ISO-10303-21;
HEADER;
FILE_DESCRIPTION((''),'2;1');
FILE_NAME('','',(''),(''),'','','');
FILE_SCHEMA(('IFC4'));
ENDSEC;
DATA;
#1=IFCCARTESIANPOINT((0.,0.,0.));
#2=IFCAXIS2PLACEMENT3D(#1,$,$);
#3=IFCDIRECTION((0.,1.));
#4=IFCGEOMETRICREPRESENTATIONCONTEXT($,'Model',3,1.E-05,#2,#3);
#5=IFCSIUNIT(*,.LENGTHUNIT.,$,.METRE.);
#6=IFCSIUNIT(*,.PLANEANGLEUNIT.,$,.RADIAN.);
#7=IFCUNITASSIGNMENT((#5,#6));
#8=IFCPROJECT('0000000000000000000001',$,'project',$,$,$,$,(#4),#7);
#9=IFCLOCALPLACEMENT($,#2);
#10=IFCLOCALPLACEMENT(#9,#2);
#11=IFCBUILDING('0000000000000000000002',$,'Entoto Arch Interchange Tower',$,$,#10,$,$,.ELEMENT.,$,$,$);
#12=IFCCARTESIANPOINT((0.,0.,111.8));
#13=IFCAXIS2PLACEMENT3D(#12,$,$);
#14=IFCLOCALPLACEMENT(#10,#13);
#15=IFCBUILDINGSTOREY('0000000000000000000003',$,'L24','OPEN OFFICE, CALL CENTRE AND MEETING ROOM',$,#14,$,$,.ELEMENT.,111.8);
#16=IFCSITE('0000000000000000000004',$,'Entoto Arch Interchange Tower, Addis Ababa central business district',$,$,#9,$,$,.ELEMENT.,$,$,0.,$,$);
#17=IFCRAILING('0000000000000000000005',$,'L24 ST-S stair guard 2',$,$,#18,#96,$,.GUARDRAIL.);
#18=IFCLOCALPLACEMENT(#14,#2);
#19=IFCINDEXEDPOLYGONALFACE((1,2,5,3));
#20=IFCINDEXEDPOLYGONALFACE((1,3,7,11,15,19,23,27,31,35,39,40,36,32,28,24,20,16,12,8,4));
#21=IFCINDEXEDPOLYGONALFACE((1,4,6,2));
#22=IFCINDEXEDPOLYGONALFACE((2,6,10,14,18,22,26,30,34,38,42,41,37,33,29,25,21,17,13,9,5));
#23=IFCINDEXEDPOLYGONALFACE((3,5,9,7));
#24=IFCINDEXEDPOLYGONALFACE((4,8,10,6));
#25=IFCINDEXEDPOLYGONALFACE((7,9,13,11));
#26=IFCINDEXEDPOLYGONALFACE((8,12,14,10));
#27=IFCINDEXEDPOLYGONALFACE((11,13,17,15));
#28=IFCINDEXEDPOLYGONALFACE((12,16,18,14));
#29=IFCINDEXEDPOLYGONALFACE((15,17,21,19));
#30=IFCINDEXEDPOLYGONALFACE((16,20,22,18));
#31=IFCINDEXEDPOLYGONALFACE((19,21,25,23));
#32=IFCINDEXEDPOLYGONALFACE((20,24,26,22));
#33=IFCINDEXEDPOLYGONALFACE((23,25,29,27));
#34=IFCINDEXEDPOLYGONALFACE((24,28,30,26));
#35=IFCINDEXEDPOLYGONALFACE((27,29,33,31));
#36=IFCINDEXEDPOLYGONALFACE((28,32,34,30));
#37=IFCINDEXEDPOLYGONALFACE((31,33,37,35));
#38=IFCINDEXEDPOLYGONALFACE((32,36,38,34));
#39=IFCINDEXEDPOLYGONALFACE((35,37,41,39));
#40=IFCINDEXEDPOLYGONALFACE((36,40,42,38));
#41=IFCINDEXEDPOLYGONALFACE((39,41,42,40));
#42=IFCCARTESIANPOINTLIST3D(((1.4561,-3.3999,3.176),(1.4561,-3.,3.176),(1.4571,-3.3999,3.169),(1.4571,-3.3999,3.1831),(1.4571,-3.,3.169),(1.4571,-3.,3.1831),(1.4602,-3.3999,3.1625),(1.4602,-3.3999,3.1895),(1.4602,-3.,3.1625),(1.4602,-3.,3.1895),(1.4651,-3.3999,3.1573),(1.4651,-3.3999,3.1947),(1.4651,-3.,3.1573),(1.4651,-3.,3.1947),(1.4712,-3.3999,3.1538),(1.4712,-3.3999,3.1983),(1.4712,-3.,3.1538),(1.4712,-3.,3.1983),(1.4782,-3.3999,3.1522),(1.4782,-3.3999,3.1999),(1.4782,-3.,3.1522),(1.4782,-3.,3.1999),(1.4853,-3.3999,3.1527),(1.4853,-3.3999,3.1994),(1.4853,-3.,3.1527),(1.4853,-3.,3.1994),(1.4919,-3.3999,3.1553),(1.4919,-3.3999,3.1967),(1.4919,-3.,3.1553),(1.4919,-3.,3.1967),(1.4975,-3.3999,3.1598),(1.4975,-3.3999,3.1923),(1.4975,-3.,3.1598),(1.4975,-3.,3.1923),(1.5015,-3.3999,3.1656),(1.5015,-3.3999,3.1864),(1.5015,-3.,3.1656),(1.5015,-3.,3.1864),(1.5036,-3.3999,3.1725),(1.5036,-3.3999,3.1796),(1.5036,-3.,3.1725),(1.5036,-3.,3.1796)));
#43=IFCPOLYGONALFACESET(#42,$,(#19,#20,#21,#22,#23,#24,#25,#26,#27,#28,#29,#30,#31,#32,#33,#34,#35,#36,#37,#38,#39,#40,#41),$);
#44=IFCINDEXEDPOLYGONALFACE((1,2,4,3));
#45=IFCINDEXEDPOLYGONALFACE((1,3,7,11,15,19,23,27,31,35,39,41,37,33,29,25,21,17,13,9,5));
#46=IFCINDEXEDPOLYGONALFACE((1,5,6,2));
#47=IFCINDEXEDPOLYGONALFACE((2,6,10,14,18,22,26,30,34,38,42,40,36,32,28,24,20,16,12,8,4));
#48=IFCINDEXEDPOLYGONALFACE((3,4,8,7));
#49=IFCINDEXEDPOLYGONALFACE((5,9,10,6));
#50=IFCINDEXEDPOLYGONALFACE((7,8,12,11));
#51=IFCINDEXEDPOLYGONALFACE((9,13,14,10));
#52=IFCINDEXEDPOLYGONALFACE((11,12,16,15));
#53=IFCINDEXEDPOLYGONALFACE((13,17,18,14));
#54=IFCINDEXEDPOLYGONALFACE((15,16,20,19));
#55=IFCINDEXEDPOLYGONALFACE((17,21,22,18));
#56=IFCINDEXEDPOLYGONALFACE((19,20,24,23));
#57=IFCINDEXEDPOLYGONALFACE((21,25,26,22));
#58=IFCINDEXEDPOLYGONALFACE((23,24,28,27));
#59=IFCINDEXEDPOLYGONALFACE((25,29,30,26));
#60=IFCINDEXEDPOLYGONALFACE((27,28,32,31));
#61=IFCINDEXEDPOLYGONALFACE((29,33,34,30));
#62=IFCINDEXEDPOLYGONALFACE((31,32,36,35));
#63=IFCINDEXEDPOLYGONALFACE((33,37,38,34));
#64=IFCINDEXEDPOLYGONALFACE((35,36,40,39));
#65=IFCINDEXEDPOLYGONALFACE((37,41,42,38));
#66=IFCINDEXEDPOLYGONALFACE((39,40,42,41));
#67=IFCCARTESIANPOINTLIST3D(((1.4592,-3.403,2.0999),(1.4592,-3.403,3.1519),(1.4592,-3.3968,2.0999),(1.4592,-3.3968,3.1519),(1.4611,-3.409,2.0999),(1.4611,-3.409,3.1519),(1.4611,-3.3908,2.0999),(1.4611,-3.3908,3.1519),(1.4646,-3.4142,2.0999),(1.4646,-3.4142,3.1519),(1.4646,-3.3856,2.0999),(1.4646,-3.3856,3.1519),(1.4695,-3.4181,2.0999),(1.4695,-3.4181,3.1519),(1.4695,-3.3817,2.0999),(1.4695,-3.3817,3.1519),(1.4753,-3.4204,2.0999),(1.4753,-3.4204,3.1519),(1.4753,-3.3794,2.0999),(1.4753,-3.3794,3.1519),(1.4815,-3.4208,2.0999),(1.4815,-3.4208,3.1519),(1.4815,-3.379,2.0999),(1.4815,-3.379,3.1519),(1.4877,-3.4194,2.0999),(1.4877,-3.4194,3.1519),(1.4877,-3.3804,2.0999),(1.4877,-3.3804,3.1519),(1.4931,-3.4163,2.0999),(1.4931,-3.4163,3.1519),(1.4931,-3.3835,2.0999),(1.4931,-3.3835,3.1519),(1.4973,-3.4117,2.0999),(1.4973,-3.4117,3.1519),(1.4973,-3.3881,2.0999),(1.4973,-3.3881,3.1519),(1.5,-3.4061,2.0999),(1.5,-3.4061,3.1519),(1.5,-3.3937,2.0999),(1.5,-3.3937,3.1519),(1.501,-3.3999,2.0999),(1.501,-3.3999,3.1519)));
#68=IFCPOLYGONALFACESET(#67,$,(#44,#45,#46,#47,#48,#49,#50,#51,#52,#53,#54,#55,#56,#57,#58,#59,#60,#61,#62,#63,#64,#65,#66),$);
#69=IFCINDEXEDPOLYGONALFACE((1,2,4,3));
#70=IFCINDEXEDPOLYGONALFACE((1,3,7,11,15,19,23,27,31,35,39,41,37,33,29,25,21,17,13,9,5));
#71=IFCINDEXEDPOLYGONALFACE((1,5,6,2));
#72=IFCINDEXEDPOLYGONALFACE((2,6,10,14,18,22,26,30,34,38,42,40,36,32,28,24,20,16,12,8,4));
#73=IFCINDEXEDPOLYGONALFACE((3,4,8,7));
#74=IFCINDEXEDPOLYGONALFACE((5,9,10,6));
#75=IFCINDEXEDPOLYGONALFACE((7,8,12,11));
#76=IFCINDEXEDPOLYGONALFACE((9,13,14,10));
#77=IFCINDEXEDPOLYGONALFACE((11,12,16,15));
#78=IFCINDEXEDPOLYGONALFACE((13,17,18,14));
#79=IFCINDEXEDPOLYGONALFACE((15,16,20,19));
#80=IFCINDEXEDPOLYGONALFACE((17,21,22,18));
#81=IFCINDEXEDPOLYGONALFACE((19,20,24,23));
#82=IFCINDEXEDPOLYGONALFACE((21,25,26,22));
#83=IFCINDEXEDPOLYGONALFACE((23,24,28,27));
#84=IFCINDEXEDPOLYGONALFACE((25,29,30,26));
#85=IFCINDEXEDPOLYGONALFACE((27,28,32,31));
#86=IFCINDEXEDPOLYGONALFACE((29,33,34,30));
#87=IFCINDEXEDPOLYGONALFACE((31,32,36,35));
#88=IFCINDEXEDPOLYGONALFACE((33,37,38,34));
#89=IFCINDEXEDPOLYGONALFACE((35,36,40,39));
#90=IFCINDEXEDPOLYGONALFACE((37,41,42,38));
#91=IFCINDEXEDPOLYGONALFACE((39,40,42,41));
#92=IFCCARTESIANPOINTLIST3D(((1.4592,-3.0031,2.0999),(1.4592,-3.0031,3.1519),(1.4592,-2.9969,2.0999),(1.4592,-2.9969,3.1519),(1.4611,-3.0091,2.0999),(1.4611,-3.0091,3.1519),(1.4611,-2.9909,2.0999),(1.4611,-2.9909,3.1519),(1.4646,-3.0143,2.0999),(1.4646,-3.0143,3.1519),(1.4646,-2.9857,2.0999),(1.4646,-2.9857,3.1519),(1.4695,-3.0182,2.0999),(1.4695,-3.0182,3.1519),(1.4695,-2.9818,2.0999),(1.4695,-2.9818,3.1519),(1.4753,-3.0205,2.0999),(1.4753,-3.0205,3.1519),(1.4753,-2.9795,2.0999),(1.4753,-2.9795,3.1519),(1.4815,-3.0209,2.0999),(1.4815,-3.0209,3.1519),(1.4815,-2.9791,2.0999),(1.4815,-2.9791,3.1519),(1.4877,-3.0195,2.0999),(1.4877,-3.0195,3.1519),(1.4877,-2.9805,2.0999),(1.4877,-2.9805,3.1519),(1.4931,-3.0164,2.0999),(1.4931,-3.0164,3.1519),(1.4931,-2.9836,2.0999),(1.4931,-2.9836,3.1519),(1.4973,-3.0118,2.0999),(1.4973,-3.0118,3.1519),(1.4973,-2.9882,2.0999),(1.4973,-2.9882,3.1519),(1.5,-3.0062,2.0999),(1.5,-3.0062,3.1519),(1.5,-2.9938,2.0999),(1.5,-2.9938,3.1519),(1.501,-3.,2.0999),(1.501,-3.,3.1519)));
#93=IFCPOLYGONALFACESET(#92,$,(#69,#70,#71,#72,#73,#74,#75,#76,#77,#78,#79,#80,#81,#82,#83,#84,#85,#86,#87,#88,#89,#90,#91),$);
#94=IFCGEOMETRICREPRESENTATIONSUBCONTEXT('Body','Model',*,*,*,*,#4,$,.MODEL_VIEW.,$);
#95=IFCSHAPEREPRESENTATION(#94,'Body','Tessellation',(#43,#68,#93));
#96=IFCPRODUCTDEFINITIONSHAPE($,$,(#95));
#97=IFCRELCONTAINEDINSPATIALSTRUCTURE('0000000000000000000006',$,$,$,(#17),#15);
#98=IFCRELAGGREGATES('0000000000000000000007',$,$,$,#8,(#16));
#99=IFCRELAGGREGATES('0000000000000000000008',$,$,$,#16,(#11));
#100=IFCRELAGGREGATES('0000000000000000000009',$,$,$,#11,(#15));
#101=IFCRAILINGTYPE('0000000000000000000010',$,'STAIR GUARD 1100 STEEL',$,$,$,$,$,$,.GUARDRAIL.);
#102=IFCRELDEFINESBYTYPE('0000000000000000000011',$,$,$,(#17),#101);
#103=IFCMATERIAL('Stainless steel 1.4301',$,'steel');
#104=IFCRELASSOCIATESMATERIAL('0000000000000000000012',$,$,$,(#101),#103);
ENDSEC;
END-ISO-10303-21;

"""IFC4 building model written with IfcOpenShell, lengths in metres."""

from ifc_helpers import new_model, si_unit, direction, frame, origin, origin_2d, place, context, subcontext, project, spatial, circle, extrude, material, type_object, element, save


model = new_model("IFC4")

# Units and contexts
model_context = context("Model", 3, precision=1e-05, world=origin(), true_north=direction((0.0, 1.0)))
body_context = subcontext(model_context, "Body", "Model", "MODEL_VIEW")
ifc_project = project(units=[si_unit("LENGTHUNIT", "METRE"), si_unit("PLANEANGLEUNIT", "RADIAN")], contexts=[model_context])

# Site, building, storey
site_placement = place(None, origin())
site = spatial("IfcSite", under=ifc_project, at=site_placement, Name="Entoto Arch Interchange Tower, Addis Ababa central business district", CompositionType="ELEMENT", RefElevation=0.0)
building_placement = place(site_placement, origin())
building = spatial("IfcBuilding", under=site, at=building_placement, Name="Entoto Arch Interchange Tower", CompositionType="ELEMENT")
storey_placement = place(building_placement, frame((0.0, 0.0, 111.8)))
storey = spatial("IfcBuildingStorey", under=building, at=storey_placement, Name="L24", Description="OPEN OFFICE, CALL CENTRE AND MEETING ROOM", CompositionType="ELEMENT", Elevation=111.8)

# Railing
ifc_material_1 = material(Name="Stainless steel 1.4301", Category="steel")
railing_type_1 = type_object("IfcRailingType", Name="STAIR GUARD 1100 STEEL", PredefinedType="GUARDRAIL", material=ifc_material_1)
railing_1_placement = place(storey_placement, frame((1.48, -3.3999, 2.0999)))
element("IfcRailing", 1, at=railing_1_placement, inside=storey, type_object=railing_type_1, Name="L24 ST-S stair guard 2", PredefinedType="GUARDRAIL", context=body_context, shape_type="SweptSolid", body=[
    extrude(circle(Radius=0.0239, at=origin_2d()), frame((0.0, 0.0, 1.0762), z_axis=(0.0, 1.0, 0.0), x_axis=(-1.0, 0.0, 0.0)), (0.0, 0.0, 1.0), 0.3999),
    extrude(circle(Radius=0.021, at=origin_2d()), origin(), (0.0, 0.0, 1.0), 1.052),
    extrude(circle(Radius=0.021, at=origin_2d()), frame((0.0, 0.3999, 0.0)), (0.0, 0.0, 1.0), 1.052),
])

save(model, "model.ifc")
